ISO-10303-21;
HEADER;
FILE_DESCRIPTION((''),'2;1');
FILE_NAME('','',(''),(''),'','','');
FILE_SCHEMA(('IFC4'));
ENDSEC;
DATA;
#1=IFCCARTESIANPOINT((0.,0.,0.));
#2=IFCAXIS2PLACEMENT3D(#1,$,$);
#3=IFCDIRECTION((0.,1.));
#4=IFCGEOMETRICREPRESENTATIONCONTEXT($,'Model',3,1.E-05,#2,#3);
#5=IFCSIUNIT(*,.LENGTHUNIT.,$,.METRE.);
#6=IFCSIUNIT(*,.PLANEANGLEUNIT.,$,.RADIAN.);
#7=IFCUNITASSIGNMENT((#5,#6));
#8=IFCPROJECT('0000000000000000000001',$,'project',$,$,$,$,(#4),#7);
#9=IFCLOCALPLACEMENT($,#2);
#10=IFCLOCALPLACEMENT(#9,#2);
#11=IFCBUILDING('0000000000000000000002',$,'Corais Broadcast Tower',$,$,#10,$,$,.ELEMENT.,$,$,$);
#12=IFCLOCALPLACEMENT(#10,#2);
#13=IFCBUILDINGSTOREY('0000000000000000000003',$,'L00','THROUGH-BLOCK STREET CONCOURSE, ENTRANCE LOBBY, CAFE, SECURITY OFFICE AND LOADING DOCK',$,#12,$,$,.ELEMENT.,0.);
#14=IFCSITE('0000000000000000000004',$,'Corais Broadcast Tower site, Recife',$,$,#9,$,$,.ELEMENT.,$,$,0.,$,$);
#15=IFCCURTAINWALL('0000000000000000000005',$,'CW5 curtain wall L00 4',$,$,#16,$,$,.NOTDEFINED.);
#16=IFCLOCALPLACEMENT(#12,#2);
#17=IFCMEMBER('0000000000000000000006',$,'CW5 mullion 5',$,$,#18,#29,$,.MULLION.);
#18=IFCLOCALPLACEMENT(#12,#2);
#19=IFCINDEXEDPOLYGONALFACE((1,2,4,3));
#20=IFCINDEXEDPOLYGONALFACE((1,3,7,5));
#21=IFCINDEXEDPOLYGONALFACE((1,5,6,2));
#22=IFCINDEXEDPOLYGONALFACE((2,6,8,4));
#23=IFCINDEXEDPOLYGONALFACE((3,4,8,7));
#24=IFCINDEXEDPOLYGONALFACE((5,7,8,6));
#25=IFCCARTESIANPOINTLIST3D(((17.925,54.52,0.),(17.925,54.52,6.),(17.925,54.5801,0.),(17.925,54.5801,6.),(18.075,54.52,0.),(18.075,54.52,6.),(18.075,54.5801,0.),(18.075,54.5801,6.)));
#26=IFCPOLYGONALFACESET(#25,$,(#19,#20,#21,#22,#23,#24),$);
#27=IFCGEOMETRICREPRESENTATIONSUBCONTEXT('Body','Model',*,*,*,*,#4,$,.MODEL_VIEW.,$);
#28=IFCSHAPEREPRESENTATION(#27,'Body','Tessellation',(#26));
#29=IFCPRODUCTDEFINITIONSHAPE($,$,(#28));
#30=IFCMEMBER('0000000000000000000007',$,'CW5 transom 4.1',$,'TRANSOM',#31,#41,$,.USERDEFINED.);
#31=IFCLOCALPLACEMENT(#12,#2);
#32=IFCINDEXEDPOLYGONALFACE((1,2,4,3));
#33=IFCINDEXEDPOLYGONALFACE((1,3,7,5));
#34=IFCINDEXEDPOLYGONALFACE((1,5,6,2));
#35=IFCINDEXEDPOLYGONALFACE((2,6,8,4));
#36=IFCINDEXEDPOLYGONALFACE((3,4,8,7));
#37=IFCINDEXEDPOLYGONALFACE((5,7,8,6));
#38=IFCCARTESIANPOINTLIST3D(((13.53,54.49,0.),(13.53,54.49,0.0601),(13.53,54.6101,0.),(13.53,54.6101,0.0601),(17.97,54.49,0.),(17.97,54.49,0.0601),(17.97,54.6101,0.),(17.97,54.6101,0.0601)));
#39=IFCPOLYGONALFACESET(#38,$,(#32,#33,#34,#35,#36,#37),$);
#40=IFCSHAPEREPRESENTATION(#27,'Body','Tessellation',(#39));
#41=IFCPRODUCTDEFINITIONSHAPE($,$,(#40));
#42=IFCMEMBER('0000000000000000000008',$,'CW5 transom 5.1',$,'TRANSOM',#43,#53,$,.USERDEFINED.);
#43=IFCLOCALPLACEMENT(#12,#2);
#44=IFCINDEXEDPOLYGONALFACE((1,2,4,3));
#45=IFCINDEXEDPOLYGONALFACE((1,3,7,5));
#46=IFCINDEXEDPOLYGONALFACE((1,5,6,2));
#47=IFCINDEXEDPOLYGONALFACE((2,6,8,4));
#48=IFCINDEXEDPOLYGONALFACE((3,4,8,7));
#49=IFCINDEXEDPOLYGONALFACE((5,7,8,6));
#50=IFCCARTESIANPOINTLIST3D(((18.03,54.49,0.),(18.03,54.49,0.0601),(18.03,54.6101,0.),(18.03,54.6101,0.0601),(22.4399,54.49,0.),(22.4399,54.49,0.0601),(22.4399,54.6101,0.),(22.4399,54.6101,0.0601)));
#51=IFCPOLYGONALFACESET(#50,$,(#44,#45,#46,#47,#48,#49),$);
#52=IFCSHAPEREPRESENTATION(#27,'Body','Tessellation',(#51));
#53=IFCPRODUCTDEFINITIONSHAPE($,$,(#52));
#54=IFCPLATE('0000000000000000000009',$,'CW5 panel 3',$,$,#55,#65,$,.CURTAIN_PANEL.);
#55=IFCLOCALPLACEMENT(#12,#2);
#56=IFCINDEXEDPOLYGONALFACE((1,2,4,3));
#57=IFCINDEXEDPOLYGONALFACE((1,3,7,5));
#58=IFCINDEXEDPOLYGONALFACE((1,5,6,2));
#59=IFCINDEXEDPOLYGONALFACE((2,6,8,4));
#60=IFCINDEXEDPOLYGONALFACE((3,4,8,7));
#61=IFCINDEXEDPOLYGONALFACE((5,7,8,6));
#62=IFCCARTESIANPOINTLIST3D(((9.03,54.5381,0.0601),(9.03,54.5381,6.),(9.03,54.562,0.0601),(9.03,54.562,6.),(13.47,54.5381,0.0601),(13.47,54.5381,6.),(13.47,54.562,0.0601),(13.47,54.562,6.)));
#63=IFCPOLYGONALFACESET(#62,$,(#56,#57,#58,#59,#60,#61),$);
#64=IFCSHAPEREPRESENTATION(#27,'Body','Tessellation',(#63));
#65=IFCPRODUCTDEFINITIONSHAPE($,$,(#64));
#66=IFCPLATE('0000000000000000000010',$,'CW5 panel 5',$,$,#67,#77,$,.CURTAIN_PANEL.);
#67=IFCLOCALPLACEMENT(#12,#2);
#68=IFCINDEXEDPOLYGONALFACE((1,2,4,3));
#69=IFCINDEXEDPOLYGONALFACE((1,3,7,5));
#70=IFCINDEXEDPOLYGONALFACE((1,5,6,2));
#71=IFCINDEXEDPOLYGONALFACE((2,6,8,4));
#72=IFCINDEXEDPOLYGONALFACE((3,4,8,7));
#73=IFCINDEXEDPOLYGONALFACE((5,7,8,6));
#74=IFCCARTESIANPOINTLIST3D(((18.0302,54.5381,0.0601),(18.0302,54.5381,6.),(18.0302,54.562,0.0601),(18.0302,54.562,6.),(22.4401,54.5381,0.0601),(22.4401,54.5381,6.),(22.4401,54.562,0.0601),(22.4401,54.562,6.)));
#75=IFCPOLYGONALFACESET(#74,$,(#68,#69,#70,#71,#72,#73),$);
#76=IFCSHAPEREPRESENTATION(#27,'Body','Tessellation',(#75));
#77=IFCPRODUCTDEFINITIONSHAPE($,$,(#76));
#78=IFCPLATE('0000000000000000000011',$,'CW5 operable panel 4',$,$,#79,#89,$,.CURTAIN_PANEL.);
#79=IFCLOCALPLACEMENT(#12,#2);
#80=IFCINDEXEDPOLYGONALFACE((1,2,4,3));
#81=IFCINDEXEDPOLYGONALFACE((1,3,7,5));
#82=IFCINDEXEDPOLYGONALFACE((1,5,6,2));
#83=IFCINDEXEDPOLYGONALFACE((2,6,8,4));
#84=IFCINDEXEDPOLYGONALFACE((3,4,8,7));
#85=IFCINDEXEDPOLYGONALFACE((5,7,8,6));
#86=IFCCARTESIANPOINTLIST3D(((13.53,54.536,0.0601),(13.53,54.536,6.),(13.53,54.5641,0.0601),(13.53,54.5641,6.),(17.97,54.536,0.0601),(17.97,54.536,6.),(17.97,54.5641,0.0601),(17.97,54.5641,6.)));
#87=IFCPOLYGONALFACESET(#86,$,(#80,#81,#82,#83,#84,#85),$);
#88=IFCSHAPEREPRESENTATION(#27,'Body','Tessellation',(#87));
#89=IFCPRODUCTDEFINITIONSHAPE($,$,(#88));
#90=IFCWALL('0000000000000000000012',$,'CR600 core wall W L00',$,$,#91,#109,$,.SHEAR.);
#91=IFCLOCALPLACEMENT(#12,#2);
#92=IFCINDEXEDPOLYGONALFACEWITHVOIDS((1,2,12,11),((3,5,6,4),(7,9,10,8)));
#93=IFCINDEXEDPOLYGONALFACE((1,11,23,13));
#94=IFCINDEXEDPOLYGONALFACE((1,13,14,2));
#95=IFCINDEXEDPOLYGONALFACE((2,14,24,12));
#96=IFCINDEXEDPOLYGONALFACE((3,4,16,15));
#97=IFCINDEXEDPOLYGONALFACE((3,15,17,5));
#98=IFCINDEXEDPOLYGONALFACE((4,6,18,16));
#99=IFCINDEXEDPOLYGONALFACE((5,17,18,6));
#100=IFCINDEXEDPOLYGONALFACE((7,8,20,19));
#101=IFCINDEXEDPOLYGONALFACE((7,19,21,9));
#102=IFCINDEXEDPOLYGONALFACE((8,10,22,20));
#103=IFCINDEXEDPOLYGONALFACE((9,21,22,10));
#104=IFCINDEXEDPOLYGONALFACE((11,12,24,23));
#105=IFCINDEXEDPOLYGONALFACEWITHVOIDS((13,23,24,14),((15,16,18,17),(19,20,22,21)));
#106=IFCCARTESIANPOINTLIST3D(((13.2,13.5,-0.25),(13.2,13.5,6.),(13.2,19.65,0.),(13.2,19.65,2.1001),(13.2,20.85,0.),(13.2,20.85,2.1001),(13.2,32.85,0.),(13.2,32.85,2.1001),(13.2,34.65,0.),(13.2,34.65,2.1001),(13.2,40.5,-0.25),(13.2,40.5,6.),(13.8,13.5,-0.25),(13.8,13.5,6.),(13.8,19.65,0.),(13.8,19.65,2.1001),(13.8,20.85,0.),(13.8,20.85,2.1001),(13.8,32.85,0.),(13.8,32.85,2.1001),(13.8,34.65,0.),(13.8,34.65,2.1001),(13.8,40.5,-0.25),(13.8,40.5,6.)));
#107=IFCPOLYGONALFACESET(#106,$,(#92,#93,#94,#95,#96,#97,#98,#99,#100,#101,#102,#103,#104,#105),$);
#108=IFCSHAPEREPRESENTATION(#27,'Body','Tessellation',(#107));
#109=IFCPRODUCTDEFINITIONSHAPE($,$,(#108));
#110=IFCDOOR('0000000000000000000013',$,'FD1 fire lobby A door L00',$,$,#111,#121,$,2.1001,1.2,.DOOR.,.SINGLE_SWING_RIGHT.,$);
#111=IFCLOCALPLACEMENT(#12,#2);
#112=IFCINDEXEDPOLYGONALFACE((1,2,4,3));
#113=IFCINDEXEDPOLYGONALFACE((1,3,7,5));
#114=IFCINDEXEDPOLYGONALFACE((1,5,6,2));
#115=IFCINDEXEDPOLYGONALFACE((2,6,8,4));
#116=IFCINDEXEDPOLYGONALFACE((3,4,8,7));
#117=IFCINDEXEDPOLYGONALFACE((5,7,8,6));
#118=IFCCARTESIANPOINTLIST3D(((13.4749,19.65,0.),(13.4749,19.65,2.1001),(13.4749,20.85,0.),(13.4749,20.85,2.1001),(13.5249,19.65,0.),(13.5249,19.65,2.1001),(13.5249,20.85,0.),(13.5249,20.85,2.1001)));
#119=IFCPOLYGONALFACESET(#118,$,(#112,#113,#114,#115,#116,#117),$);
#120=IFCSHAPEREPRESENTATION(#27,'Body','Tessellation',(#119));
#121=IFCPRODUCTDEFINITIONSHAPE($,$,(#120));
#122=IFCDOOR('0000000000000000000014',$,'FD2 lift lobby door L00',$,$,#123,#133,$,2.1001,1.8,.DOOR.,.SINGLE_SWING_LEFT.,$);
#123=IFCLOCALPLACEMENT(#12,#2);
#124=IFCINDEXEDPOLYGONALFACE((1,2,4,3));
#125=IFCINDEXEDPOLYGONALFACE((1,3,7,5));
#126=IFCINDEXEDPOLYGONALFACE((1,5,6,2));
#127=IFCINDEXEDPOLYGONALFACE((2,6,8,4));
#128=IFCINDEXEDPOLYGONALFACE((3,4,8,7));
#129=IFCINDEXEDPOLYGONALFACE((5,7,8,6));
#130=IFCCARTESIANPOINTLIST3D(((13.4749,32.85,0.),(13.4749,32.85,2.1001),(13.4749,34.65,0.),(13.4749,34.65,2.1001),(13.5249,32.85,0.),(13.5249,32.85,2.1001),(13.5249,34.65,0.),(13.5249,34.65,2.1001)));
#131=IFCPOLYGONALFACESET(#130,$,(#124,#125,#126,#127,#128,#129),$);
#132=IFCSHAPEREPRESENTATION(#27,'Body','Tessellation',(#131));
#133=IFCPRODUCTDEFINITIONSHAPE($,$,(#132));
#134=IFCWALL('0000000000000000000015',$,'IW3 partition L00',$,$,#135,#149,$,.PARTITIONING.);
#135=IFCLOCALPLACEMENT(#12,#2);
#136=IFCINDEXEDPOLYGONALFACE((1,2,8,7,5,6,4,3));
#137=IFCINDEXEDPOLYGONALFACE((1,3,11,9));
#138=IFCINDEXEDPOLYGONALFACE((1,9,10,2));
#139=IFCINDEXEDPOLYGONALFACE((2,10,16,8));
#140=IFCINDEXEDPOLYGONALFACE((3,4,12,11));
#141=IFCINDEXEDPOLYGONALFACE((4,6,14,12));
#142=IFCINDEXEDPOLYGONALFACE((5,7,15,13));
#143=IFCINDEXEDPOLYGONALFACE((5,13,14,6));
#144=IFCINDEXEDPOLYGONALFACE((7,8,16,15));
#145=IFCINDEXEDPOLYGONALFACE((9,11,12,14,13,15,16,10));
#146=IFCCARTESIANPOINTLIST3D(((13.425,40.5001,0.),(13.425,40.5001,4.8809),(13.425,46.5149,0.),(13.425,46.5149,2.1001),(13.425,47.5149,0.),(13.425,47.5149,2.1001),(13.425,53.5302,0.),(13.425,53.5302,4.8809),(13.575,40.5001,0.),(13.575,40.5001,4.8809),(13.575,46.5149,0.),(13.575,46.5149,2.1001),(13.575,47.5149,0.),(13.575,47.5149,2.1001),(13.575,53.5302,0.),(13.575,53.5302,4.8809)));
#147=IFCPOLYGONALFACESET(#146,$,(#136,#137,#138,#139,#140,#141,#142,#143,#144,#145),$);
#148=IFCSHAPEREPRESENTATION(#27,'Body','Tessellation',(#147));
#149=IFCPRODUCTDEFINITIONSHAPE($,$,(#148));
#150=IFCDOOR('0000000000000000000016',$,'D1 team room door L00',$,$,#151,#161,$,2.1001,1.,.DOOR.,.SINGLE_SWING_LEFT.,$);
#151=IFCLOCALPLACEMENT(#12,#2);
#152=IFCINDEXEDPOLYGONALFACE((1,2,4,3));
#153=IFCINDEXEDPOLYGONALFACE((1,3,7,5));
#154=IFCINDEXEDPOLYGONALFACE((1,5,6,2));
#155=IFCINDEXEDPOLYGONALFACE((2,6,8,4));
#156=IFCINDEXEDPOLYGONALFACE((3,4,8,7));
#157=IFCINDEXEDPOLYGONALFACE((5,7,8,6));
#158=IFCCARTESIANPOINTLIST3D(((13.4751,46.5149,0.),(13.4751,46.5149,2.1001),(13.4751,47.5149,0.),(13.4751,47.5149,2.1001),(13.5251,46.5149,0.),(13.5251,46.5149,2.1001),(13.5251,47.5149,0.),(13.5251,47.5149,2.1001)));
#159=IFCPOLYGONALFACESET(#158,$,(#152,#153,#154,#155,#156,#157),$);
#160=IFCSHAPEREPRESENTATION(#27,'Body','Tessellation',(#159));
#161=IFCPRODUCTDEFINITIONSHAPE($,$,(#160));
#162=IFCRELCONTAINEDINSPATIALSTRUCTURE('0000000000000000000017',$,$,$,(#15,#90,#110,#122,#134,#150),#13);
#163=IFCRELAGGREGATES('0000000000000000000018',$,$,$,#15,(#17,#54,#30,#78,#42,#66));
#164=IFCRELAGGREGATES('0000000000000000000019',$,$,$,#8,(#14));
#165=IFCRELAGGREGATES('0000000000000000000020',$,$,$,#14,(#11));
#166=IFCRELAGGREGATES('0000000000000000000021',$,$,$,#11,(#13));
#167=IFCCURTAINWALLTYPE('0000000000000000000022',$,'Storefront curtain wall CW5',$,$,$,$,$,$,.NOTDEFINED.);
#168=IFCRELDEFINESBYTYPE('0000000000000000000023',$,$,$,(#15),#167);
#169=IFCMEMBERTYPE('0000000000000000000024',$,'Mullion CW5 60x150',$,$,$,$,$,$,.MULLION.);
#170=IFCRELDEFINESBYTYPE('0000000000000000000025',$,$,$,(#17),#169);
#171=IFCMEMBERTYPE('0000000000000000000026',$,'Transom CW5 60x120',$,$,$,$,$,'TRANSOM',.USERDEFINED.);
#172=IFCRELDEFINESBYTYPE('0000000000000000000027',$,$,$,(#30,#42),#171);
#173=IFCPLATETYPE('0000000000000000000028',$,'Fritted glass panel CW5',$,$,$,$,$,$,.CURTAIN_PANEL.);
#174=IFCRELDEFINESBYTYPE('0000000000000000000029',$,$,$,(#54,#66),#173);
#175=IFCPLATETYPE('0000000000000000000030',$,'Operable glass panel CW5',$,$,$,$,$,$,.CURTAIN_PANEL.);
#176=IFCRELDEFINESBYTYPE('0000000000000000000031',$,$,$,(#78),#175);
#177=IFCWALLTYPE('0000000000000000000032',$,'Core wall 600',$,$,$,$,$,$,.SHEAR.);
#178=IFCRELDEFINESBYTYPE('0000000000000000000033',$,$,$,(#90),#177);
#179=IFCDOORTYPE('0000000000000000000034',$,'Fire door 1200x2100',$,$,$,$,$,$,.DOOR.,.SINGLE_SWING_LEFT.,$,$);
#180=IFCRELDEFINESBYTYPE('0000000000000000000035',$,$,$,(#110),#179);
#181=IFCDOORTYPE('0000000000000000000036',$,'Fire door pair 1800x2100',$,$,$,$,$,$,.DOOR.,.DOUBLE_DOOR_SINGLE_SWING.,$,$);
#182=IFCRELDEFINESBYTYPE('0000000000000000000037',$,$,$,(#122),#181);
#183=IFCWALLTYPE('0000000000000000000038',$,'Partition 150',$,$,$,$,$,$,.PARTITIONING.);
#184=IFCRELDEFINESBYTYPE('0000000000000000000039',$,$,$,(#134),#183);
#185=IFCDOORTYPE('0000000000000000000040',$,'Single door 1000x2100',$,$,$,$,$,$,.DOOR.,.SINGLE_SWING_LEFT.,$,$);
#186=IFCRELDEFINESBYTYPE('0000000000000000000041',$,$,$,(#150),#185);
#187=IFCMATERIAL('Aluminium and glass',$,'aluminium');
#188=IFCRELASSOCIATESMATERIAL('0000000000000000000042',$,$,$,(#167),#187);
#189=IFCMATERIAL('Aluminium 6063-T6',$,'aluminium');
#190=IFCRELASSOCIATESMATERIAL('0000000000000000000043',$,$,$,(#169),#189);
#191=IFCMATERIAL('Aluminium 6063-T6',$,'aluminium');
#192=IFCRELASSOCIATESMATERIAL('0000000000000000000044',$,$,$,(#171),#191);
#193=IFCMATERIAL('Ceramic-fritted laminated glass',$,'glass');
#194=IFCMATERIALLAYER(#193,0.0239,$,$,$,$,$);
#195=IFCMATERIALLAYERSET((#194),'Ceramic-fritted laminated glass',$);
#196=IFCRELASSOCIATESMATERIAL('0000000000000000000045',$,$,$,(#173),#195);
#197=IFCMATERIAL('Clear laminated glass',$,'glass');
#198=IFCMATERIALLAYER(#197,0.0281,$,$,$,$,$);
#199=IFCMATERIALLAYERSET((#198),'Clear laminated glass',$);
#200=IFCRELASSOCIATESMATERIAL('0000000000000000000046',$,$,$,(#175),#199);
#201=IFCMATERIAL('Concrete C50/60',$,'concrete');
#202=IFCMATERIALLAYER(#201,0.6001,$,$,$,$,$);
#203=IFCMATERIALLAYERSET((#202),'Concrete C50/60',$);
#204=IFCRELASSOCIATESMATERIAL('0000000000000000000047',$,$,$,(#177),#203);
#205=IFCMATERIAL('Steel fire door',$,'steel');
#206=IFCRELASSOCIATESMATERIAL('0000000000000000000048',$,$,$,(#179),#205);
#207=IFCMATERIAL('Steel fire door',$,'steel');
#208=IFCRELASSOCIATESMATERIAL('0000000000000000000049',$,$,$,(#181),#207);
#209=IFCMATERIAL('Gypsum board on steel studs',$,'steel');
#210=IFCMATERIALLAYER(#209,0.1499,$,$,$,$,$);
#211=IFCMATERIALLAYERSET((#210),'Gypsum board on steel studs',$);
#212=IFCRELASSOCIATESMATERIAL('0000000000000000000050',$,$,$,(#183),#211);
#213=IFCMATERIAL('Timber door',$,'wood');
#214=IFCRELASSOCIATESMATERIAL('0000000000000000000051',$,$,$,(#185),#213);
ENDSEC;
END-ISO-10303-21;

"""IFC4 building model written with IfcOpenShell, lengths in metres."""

from ifc_helpers import new_model, si_unit, direction, frame, frame_2d, origin, origin_2d, place, context, subcontext, project, spatial, rectangle, extrude, material, layer, layer_set, material_profile, profile_set, type_object, element, fill, aggregate, save


model = new_model("IFC4")

# Units and contexts
model_context = context("Model", 3, precision=1e-05, world=origin(), true_north=direction((0.0, 1.0)))
body_context = subcontext(model_context, "Body", "Model", "MODEL_VIEW")
ifc_project = project(units=[si_unit("LENGTHUNIT", "METRE"), si_unit("PLANEANGLEUNIT", "RADIAN")], contexts=[model_context])

# Site, building, storey
site_placement = place(None, origin())
site = spatial("IfcSite", under=ifc_project, at=site_placement, Name="Corais Broadcast Tower site, Recife", CompositionType="ELEMENT", RefElevation=0.0)
building_placement = place(site_placement, origin())
building = spatial("IfcBuilding", under=site, at=building_placement, Name="Corais Broadcast Tower", CompositionType="ELEMENT")
storey_placement = place(building_placement, origin())
storey = spatial("IfcBuildingStorey", under=building, at=storey_placement, Name="L00", Description="THROUGH-BLOCK STREET CONCOURSE, ENTRANCE LOBBY, CAFE, SECURITY OFFICE AND LOADING DOCK", CompositionType="ELEMENT", Elevation=0.0)

# Curtain wall, members, plates
ifc_material_1 = material(Name="Aluminium and glass", Category="aluminium")
curtain_wall_type = type_object("IfcCurtainWallType", Name="Storefront curtain wall CW5", PredefinedType="NOTDEFINED", material=ifc_material_1)
curtain_wall_placement = place(storey_placement, origin())
curtain_wall = element("IfcCurtainWall", 1, at=curtain_wall_placement, inside=storey, type_object=curtain_wall_type, Name="CW5 curtain wall L00 4", PredefinedType="NOTDEFINED")
ifc_material_2 = material(Name="Aluminium 6063-T6", Category="aluminium")
ifc_material_profile_1 = material_profile(ifc_material_2, rectangle(XDim=0.0601, YDim=0.1499, at=origin_2d()), Name="Mullion CW5 60x150")
ifc_profile_set_1 = profile_set([ifc_material_profile_1], Name="Aluminium 6063-T6")
member_type_1 = type_object("IfcMemberType", Name="Mullion CW5 60x150", PredefinedType="MULLION", material=ifc_profile_set_1)
member_1_placement = place(storey_placement, frame((18.0, 54.55, 0.0), z_axis=(0.0, 0.0, 1.0), x_axis=(0.0, 1.0, 0.0)))
member_1 = element("IfcMember", 2, at=member_1_placement, type_object=member_type_1, Name="CW5 mullion 5", PredefinedType="MULLION", context=body_context, shape_type="SweptSolid", body=[
    extrude(rectangle(XDim=0.0601, YDim=0.1499, at=origin_2d()), origin(), (0.0, 0.0, 1.0), 6.0),
])
ifc_material_3 = material(Name="Aluminium 6063-T6", Category="aluminium")
ifc_material_profile_2 = material_profile(ifc_material_3, rectangle(XDim=0.1201, YDim=0.0601, at=origin_2d()), Name="Transom CW5 60x120")
ifc_profile_set_2 = profile_set([ifc_material_profile_2], Name="Aluminium 6063-T6")
member_type_2 = type_object("IfcMemberType", Name="Transom CW5 60x120", ElementType="TRANSOM", PredefinedType="USERDEFINED", material=ifc_profile_set_2)
member_2_placement = place(storey_placement, frame((13.53, 54.55, 0.03), z_axis=(1.0, 0.0, 0.0), x_axis=(0.0, 1.0, 0.0)))
member_2 = element("IfcMember", 3, at=member_2_placement, type_object=member_type_2, Name="CW5 transom 4.1", ObjectType="TRANSOM", PredefinedType="USERDEFINED", context=body_context, shape_type="SweptSolid", body=[
    extrude(rectangle(XDim=0.1201, YDim=0.0601, at=origin_2d()), origin(), (0.0, 0.0, 1.0), 4.4399),
])
member_3_placement = place(storey_placement, frame((18.03, 54.55, 0.03), z_axis=(1.0, 0.0, 0.0), x_axis=(0.0, 1.0, 0.0)))
member_3 = element("IfcMember", 4, at=member_3_placement, type_object=member_type_2, Name="CW5 transom 5.1", ObjectType="TRANSOM", PredefinedType="USERDEFINED", context=body_context, shape_type="SweptSolid", body=[
    extrude(rectangle(XDim=0.1201, YDim=0.0601, at=origin_2d()), origin(), (0.0, 0.0, 1.0), 4.4099),
])
ifc_material_4 = material(Name="Ceramic-fritted laminated glass", Category="glass")
ifc_layer_1 = layer(ifc_material_4, 0.0239)
ifc_layer_set_1 = layer_set([ifc_layer_1], Name="Ceramic-fritted laminated glass")
plate_type_1 = type_object("IfcPlateType", Name="Fritted glass panel CW5", PredefinedType="CURTAIN_PANEL", material=ifc_layer_set_1)
plate_1_placement = place(storey_placement, frame((11.25, 54.55, 0.0601), z_axis=(0.0, 0.0, 1.0), x_axis=(1.0, 0.0, 0.0)))
plate_1 = element("IfcPlate", 5, at=plate_1_placement, type_object=plate_type_1, Name="CW5 panel 3", PredefinedType="CURTAIN_PANEL", context=body_context, shape_type="SweptSolid", body=[
    extrude(rectangle(XDim=4.4399, YDim=0.0239, at=origin_2d()), origin(), (0.0, 0.0, 1.0), 5.9399),
])
plate_2_placement = place(storey_placement, frame((20.2351, 54.55, 0.0601), z_axis=(0.0, 0.0, 1.0), x_axis=(1.0, 0.0, 0.0)))
plate_2 = element("IfcPlate", 6, at=plate_2_placement, type_object=plate_type_1, Name="CW5 panel 5", PredefinedType="CURTAIN_PANEL", context=body_context, shape_type="SweptSolid", body=[
    extrude(rectangle(XDim=4.4099, YDim=0.0239, at=origin_2d()), origin(), (0.0, 0.0, 1.0), 5.9399),
])
ifc_material_5 = material(Name="Clear laminated glass", Category="glass")
ifc_layer_2 = layer(ifc_material_5, 0.0281)
ifc_layer_set_2 = layer_set([ifc_layer_2], Name="Clear laminated glass")
plate_type_2 = type_object("IfcPlateType", Name="Operable glass panel CW5", PredefinedType="CURTAIN_PANEL", material=ifc_layer_set_2)
plate_3_placement = place(storey_placement, frame((15.75, 54.55, 0.0601), z_axis=(0.0, 0.0, 1.0), x_axis=(1.0, 0.0, 0.0)))
plate_3 = element("IfcPlate", 7, at=plate_3_placement, type_object=plate_type_2, Name="CW5 operable panel 4", PredefinedType="CURTAIN_PANEL", context=body_context, shape_type="SweptSolid", body=[
    extrude(rectangle(XDim=4.4399, YDim=0.0281, at=origin_2d()), origin(), (0.0, 0.0, 1.0), 5.9399),
])
aggregate(curtain_wall, [member_1, plate_1, member_2, plate_3, member_3, plate_2])

# Wall, openings, doors
ifc_material_6 = material(Name="Concrete C50/60", Category="concrete")
ifc_layer_3 = layer(ifc_material_6, 0.6001)
ifc_layer_set_3 = layer_set([ifc_layer_3], Name="Concrete C50/60")
wall_type_1 = type_object("IfcWallType", Name="Core wall 600", PredefinedType="SHEAR", material=ifc_layer_set_3)
wall_1_placement = place(storey_placement, frame((13.5, 40.5, -0.25), z_axis=(0.0, 0.0, 1.0), x_axis=(0.0, -1.0, 0.0)))
wall_1 = element("IfcWall", 8, at=wall_1_placement, inside=storey, type_object=wall_type_1, Name="CR600 core wall W L00", PredefinedType="SHEAR", context=body_context, shape_type="SweptSolid", body=[
    extrude(rectangle(XDim=27.0, YDim=0.6001, at=frame_2d((13.5, 0.0))), origin(), (0.0, 0.0, 1.0), 6.25),
])
opening_1_placement = place(wall_1_placement, frame((19.6499, 0.0, 0.25)))
opening_1 = element("IfcOpeningElement", 9, at=opening_1_placement, cuts=wall_1, PredefinedType="OPENING", context=body_context, shape_type="SweptSolid", body=[
    extrude(rectangle(XDim=1.2, YDim=2.1001, at=frame_2d((0.6001, 1.05))), frame((0.0, 0.3101, 0.0), z_axis=(0.0, -1.0, 0.0), x_axis=(1.0, 0.0, 0.0)), (0.0, 0.0, 1.0), 0.6201),
])
opening_2_placement = place(wall_1_placement, frame((5.8501, 0.0, 0.25)))
opening_2 = element("IfcOpeningElement", 10, at=opening_2_placement, cuts=wall_1, PredefinedType="OPENING", context=body_context, shape_type="SweptSolid", body=[
    extrude(rectangle(XDim=1.8, YDim=2.1001, at=frame_2d((0.8999, 1.05))), frame((0.0, 0.3101, 0.0), z_axis=(0.0, -1.0, 0.0), x_axis=(1.0, 0.0, 0.0)), (0.0, 0.0, 1.0), 0.6201),
])
ifc_material_7 = material(Name="Steel fire door", Category="steel")
door_type_1 = type_object("IfcDoorType", Name="Fire door 1200x2100", OperationType="SINGLE_SWING_LEFT", PredefinedType="DOOR", material=ifc_material_7)
door_1_placement = place(opening_1_placement, origin())
door_1 = element("IfcDoor", 11, at=door_1_placement, inside=storey, type_object=door_type_1, Name="FD1 fire lobby A door L00", OperationType="SINGLE_SWING_RIGHT", OverallHeight=2.1001, OverallWidth=1.2, PredefinedType="DOOR", context=body_context, shape_type="SweptSolid", body=[
    extrude(rectangle(XDim=1.2, YDim=2.1001, at=frame_2d((0.6001, 1.05))), frame((0.0, 0.0249, 0.0), z_axis=(0.0, -1.0, 0.0), x_axis=(1.0, 0.0, 0.0)), (0.0, 0.0, 1.0), 0.05),
])
fill(opening_1, door_1)
ifc_material_8 = material(Name="Steel fire door", Category="steel")
door_type_2 = type_object("IfcDoorType", Name="Fire door pair 1800x2100", OperationType="DOUBLE_DOOR_SINGLE_SWING", PredefinedType="DOOR", material=ifc_material_8)
door_2_placement = place(opening_2_placement, origin())
door_2 = element("IfcDoor", 12, at=door_2_placement, inside=storey, type_object=door_type_2, Name="FD2 lift lobby door L00", OperationType="SINGLE_SWING_LEFT", OverallHeight=2.1001, OverallWidth=1.8, PredefinedType="DOOR", context=body_context, shape_type="SweptSolid", body=[
    extrude(rectangle(XDim=1.8, YDim=2.1001, at=frame_2d((0.8999, 1.05))), frame((0.0, 0.0249, 0.0), z_axis=(0.0, -1.0, 0.0), x_axis=(1.0, 0.0, 0.0)), (0.0, 0.0, 1.0), 0.05),
])
fill(opening_2, door_2)

# Wall, opening, door
ifc_material_9 = material(Name="Gypsum board on steel studs", Category="steel")
ifc_layer_4 = layer(ifc_material_9, 0.1499)
ifc_layer_set_4 = layer_set([ifc_layer_4], Name="Gypsum board on steel studs")
wall_type_2 = type_object("IfcWallType", Name="Partition 150", PredefinedType="PARTITIONING", material=ifc_layer_set_4)
wall_2_placement = place(storey_placement, frame((13.5, 40.5, 0.0), z_axis=(0.0, 0.0, 1.0), x_axis=(0.0, 1.0, 0.0)))
wall_2 = element("IfcWall", 13, at=wall_2_placement, inside=storey, type_object=wall_type_2, Name="IW3 partition L00", PredefinedType="PARTITIONING", context=body_context, shape_type="SweptSolid", body=[
    extrude(rectangle(XDim=13.03, YDim=0.1499, at=frame_2d((6.5151, 0.0))), origin(), (0.0, 0.0, 1.0), 4.8809),
])
opening_3_placement = place(wall_2_placement, frame((6.0149, 0.0, 0.0)))
opening_3 = element("IfcOpeningElement", 14, at=opening_3_placement, cuts=wall_2, PredefinedType="OPENING", context=body_context, shape_type="SweptSolid", body=[
    extrude(rectangle(XDim=1.0, YDim=2.1001, at=frame_2d((0.5, 1.05))), frame((0.0, 0.085, 0.0), z_axis=(0.0, -1.0, 0.0), x_axis=(1.0, 0.0, 0.0)), (0.0, 0.0, 1.0), 0.1699),
])
ifc_material_10 = material(Name="Timber door", Category="wood")
door_type_3 = type_object("IfcDoorType", Name="Single door 1000x2100", OperationType="SINGLE_SWING_LEFT", PredefinedType="DOOR", material=ifc_material_10)
door_3_placement = place(opening_3_placement, origin())
door_3 = element("IfcDoor", 15, at=door_3_placement, inside=storey, type_object=door_type_3, Name="D1 team room door L00", OperationType="SINGLE_SWING_LEFT", OverallHeight=2.1001, OverallWidth=1.0, PredefinedType="DOOR", context=body_context, shape_type="SweptSolid", body=[
    extrude(rectangle(XDim=1.0, YDim=2.1001, at=frame_2d((0.5, 1.05))), frame((0.0, 0.0249, 0.0), z_axis=(0.0, -1.0, 0.0), x_axis=(1.0, 0.0, 0.0)), (0.0, 0.0, 1.0), 0.05),
])
fill(opening_3, door_3)

save(model, "model.ifc")
